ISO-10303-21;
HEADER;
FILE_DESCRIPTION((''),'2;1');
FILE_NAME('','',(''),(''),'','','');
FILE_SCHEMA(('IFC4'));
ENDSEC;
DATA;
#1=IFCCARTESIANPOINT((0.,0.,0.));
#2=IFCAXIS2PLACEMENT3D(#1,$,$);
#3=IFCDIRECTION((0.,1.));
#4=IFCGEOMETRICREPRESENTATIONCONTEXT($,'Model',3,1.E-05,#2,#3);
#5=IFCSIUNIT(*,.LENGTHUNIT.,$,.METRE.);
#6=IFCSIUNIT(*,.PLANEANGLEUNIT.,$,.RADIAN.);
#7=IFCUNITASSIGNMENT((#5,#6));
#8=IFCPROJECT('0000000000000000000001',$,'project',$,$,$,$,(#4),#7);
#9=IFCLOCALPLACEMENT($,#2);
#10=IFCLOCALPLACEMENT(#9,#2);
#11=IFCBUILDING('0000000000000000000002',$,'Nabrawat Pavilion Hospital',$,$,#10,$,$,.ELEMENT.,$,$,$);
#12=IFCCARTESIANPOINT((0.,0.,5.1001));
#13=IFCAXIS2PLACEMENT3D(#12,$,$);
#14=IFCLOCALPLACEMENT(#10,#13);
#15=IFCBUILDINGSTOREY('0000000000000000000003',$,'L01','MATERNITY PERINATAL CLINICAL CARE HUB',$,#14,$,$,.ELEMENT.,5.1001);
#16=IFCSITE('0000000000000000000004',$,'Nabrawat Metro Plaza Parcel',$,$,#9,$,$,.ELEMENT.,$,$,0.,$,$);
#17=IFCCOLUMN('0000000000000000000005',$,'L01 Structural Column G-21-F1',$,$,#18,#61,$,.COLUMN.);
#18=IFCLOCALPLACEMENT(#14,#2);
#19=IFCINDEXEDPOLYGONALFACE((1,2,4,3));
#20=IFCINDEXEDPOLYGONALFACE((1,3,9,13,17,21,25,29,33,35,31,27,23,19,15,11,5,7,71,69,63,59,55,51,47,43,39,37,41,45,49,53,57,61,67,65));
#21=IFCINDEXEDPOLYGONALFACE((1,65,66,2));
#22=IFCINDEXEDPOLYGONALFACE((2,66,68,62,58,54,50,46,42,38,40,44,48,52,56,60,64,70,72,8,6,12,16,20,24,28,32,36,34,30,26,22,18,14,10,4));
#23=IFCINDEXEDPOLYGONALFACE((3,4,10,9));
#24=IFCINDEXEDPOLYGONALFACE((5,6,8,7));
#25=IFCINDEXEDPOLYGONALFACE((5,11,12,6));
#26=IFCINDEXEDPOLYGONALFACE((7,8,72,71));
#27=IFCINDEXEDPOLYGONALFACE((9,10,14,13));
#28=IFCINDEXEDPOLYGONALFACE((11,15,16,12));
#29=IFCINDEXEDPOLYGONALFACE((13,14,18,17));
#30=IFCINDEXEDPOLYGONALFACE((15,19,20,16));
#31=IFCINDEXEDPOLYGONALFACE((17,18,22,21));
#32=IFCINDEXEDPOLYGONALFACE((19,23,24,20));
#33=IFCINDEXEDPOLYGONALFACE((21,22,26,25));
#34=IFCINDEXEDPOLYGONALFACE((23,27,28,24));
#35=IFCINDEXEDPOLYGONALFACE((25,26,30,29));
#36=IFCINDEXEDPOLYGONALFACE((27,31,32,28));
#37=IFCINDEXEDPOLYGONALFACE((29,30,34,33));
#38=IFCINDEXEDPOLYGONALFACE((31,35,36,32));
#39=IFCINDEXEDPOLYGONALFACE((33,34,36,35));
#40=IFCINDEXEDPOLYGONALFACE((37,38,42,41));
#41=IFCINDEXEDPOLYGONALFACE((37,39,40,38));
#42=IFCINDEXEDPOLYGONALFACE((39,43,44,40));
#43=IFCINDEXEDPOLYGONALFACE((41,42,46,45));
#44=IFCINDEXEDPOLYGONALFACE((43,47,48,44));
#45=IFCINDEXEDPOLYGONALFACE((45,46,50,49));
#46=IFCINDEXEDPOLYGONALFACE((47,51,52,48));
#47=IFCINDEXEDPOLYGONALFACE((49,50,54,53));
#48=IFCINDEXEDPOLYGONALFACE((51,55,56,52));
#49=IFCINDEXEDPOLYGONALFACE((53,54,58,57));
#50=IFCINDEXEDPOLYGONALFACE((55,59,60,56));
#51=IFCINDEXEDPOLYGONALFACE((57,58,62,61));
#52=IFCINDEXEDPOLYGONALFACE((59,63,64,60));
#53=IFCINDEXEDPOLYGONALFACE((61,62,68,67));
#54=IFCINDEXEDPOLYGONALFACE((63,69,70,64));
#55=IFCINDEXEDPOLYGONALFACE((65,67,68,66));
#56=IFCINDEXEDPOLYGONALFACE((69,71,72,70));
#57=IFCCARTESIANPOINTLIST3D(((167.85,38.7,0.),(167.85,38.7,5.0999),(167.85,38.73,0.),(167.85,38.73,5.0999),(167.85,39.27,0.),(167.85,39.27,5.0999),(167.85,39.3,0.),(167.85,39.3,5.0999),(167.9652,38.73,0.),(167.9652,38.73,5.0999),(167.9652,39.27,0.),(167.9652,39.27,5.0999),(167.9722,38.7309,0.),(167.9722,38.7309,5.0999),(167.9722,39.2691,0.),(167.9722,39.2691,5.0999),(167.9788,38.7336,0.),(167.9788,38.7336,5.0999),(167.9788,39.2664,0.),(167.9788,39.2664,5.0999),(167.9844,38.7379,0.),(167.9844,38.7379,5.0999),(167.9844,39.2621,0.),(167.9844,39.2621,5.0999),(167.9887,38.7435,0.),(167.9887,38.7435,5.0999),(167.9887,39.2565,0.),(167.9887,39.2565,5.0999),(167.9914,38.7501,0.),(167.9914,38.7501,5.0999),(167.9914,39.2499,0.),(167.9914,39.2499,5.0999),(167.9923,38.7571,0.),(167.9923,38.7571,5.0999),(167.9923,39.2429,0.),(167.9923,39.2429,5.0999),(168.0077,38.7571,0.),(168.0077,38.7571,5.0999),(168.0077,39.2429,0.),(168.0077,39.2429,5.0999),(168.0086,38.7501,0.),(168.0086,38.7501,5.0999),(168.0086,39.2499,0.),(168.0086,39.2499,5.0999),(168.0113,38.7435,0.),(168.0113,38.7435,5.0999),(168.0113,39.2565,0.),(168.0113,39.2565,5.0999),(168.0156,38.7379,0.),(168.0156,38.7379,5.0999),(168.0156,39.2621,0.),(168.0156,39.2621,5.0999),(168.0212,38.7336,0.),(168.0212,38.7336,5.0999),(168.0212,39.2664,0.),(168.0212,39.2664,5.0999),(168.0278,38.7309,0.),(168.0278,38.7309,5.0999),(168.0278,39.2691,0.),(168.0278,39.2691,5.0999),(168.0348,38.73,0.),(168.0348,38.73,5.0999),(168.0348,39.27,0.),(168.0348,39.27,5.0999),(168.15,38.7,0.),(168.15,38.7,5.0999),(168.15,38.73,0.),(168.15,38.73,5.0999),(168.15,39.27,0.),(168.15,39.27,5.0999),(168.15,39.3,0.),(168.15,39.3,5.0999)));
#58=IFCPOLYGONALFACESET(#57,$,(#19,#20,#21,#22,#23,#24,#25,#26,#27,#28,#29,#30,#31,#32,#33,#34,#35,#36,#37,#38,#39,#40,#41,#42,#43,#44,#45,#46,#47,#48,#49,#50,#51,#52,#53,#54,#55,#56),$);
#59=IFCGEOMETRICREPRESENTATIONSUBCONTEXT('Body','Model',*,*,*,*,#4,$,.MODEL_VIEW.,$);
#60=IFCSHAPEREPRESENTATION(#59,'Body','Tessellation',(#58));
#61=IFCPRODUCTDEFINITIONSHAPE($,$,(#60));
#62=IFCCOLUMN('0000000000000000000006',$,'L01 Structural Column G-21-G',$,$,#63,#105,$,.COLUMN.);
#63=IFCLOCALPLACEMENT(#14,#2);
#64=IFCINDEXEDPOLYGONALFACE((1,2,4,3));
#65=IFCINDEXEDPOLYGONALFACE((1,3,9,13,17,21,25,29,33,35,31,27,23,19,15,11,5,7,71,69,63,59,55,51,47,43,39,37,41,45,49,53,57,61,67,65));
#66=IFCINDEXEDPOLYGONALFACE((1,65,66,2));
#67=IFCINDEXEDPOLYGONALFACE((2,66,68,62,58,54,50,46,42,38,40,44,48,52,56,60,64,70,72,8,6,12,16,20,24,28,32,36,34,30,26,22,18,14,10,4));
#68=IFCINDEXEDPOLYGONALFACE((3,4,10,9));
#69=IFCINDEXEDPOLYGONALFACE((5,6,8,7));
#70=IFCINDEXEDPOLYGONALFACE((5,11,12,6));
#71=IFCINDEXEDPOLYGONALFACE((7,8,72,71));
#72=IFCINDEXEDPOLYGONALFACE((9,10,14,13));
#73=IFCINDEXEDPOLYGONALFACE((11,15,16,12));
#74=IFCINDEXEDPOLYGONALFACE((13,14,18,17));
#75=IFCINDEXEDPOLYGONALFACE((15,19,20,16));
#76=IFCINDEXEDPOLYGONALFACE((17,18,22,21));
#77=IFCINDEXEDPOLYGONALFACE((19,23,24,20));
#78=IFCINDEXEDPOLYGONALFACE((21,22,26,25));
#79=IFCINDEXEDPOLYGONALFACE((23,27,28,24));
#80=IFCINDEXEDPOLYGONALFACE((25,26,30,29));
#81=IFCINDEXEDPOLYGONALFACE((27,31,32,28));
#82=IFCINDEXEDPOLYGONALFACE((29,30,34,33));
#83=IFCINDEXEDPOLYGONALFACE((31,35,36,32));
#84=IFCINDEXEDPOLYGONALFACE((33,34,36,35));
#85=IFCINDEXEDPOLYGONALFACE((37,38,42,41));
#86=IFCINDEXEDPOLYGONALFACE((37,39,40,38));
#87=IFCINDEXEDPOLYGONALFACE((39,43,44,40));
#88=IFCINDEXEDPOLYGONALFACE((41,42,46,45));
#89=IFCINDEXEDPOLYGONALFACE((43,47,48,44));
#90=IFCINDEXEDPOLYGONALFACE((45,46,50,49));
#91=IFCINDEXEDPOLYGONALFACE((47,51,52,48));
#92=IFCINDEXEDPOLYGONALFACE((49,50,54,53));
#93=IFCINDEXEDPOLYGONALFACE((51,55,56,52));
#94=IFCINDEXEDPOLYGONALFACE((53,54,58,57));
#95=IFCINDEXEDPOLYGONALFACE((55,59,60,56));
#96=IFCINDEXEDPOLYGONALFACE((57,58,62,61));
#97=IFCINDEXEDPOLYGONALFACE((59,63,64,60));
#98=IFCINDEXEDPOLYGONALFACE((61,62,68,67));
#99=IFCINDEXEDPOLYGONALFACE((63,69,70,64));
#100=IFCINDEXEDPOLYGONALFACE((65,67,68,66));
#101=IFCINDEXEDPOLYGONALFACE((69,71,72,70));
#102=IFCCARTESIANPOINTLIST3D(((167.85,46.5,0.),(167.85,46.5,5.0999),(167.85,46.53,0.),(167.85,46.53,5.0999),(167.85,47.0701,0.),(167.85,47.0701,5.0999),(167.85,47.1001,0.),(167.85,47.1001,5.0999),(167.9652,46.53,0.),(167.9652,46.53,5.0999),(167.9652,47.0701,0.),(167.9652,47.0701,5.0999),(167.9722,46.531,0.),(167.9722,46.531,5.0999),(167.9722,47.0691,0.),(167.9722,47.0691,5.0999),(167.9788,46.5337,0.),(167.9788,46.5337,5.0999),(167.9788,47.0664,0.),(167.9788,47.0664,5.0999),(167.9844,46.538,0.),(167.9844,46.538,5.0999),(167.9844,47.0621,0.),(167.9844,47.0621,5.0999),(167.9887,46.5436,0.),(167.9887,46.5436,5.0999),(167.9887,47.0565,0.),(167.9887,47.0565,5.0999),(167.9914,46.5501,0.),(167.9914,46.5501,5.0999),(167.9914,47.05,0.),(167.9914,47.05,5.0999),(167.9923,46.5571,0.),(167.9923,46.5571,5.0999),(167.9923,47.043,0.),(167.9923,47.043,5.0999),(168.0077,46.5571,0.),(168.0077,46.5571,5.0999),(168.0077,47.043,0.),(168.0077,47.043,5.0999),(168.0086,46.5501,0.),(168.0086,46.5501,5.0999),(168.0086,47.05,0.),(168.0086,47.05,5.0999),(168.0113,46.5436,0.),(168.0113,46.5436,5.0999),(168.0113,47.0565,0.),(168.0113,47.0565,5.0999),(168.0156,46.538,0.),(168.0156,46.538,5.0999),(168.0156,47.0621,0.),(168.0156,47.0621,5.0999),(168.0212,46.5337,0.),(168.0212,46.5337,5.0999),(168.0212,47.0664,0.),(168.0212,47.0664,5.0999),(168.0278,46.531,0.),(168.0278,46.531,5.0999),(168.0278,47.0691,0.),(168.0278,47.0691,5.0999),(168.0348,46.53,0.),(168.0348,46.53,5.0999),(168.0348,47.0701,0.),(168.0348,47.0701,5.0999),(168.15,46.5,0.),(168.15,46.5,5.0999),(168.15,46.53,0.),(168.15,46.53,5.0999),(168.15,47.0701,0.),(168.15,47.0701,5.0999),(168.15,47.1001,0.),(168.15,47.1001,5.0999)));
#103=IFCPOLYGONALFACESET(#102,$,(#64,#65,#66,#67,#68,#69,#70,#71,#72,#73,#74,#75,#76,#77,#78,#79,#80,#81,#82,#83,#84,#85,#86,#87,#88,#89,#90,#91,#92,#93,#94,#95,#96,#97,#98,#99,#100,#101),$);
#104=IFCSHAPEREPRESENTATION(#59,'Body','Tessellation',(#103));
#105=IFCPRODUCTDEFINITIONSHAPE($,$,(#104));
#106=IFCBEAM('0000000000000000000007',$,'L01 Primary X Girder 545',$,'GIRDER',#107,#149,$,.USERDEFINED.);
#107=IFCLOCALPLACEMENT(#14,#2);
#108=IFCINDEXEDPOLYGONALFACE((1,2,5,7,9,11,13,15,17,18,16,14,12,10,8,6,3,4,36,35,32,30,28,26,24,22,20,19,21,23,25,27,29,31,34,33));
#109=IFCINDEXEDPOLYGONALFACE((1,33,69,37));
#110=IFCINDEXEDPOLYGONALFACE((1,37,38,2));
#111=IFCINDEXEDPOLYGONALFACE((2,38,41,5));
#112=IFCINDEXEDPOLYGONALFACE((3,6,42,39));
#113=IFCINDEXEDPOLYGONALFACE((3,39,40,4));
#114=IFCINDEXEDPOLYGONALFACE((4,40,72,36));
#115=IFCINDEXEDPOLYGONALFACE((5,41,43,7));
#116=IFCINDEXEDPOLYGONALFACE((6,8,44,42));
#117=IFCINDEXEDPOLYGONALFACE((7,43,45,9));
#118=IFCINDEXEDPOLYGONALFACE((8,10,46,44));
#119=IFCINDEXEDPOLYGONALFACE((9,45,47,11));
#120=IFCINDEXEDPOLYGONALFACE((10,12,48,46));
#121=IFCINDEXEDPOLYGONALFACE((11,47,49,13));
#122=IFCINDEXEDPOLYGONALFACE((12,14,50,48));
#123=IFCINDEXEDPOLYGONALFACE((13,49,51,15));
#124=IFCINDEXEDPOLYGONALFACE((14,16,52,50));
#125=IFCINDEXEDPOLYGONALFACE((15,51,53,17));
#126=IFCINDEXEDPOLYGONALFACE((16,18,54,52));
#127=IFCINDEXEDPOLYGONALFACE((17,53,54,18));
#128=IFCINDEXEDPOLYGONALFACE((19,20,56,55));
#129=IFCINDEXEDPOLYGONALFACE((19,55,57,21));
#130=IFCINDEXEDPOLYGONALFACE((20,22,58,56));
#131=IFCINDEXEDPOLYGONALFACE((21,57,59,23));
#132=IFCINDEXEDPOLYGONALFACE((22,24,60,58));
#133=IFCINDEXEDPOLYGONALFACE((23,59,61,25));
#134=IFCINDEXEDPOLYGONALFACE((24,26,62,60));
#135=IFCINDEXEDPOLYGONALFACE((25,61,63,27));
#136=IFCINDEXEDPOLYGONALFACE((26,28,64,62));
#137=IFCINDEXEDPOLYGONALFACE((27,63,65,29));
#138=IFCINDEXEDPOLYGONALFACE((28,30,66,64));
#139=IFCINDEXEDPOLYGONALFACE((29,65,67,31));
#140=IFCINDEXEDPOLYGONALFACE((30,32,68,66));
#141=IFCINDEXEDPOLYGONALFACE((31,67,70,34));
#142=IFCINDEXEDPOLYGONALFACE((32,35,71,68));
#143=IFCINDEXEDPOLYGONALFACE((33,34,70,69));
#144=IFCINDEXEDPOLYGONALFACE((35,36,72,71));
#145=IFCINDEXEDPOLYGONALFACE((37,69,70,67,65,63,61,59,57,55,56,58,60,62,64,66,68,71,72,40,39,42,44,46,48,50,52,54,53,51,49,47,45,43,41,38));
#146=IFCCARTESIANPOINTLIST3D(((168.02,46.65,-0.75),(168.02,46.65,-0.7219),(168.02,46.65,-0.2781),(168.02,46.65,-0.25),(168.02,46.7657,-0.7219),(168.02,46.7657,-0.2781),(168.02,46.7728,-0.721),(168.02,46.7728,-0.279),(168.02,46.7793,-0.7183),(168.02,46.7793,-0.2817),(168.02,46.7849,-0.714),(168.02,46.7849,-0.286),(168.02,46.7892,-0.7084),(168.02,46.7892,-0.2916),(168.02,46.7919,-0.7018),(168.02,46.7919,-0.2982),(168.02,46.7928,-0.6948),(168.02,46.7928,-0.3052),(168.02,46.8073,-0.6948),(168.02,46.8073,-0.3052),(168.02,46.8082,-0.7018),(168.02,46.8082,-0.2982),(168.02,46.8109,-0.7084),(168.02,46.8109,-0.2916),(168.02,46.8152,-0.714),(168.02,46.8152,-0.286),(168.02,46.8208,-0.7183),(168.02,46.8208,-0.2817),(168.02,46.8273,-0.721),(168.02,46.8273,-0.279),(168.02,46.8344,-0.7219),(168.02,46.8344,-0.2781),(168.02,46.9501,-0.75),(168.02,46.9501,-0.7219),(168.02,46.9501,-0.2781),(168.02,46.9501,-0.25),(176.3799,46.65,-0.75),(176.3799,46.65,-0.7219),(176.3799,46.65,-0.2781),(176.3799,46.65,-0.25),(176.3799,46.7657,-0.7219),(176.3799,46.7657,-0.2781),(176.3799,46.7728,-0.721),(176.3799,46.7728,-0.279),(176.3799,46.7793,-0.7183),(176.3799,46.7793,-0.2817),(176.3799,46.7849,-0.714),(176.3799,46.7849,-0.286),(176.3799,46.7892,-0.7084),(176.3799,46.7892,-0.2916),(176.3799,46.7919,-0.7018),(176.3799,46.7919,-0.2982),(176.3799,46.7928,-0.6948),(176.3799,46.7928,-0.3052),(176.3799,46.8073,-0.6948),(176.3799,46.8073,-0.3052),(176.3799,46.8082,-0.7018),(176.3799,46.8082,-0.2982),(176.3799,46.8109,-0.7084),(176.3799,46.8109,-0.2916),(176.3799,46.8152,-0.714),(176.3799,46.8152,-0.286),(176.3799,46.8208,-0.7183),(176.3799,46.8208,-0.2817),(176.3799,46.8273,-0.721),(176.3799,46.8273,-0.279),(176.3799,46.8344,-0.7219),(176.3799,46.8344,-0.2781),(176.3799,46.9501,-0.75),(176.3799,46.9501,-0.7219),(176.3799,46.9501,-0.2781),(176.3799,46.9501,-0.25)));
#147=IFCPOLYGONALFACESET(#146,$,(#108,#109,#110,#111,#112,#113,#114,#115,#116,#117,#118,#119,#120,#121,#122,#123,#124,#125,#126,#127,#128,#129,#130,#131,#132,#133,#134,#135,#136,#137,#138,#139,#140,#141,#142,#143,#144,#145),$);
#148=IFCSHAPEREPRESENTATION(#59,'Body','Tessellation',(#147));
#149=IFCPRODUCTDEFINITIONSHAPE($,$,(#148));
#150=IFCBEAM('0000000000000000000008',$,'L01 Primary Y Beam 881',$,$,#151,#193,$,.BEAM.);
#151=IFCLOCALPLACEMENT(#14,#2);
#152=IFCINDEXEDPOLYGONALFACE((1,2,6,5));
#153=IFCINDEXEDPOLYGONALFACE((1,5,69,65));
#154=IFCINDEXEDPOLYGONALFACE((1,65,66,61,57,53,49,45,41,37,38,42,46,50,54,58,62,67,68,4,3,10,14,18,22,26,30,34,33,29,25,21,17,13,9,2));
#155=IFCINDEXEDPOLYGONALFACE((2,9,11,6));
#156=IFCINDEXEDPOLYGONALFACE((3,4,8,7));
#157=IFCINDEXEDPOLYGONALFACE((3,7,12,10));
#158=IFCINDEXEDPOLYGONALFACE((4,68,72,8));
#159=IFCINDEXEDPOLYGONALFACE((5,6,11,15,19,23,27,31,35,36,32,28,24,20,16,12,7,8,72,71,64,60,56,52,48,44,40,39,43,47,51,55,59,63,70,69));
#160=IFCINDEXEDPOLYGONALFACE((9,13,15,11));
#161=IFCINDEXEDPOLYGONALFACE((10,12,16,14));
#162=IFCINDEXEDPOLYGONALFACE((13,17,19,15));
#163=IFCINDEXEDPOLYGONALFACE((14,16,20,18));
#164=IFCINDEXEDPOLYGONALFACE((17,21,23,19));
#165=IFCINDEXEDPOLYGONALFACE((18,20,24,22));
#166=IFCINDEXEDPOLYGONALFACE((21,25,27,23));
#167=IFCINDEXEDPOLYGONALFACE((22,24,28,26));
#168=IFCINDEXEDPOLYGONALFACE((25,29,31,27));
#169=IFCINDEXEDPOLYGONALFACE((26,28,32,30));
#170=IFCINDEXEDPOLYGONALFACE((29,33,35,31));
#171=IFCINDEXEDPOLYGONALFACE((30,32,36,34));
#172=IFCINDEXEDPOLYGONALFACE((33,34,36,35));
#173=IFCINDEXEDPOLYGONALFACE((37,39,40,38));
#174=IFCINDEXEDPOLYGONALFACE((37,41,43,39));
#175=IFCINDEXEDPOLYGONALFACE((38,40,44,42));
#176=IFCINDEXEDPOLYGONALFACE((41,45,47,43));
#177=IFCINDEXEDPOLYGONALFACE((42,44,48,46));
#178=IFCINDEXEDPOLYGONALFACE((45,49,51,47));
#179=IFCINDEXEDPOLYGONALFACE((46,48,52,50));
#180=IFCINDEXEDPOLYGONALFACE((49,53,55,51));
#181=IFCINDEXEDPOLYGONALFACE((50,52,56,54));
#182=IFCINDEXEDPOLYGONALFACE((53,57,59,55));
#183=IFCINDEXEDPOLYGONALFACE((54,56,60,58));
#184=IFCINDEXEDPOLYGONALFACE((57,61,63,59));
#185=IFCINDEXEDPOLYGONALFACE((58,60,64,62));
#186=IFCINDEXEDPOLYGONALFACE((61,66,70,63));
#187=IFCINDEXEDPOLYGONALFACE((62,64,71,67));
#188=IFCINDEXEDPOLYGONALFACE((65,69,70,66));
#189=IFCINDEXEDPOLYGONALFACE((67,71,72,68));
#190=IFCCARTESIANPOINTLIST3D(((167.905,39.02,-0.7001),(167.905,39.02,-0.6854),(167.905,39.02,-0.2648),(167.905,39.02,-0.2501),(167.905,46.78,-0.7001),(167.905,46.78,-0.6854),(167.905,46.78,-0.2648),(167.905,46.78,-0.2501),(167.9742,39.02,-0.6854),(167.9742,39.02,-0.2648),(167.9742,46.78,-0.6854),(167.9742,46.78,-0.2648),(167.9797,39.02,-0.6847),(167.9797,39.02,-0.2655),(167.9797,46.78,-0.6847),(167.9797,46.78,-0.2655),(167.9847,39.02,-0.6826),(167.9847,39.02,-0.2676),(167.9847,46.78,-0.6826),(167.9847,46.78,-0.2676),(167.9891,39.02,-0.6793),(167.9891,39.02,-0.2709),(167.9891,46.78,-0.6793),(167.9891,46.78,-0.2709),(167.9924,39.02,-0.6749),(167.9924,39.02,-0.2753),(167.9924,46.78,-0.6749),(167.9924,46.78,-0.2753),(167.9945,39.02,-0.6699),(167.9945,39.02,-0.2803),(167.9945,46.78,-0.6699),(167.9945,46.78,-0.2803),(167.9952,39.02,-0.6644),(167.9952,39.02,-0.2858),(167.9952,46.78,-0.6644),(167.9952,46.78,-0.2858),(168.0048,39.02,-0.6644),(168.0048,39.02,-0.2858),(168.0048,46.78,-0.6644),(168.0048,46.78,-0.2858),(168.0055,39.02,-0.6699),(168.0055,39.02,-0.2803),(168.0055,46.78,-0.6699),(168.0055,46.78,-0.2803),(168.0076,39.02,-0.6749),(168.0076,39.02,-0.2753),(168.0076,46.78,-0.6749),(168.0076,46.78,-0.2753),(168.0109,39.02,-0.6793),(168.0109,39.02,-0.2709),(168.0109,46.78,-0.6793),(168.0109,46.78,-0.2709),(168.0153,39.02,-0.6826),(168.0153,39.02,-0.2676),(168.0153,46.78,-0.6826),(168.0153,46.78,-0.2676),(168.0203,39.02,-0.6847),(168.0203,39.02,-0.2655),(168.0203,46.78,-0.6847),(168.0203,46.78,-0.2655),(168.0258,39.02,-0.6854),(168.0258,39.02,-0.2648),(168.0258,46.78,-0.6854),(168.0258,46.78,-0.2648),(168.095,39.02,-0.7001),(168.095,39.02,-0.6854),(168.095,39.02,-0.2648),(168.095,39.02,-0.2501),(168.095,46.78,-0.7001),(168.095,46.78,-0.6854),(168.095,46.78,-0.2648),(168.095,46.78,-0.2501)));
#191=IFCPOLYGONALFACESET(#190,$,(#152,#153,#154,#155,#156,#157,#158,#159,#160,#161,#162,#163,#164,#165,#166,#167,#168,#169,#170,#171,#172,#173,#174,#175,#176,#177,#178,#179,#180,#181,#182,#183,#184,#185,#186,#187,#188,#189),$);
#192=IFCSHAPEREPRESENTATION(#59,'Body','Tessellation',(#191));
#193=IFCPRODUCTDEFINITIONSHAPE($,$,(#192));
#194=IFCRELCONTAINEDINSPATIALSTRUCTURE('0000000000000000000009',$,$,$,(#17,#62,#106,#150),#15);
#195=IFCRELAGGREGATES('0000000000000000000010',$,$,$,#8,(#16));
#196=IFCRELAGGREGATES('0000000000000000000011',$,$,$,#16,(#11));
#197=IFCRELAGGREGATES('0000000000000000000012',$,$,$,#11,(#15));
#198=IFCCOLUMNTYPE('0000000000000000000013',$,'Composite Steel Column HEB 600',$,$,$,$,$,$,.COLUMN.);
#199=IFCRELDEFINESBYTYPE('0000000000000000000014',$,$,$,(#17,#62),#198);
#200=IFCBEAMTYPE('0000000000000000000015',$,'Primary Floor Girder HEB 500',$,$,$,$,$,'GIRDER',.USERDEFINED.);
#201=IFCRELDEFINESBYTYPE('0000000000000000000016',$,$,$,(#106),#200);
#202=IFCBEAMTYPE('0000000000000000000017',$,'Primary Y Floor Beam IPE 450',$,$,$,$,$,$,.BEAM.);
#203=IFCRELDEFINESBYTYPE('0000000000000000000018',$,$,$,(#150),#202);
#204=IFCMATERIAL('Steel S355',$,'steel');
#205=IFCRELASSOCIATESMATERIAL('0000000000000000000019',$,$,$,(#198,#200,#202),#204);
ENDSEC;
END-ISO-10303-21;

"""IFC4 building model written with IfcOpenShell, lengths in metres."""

from ifc_helpers import new_model, si_unit, direction, frame, origin, origin_2d, place, context, subcontext, project, spatial, i_section, extrude, material, material_profile, profile_set, type_object, element, save


model = new_model("IFC4")

# Units and contexts
model_context = context("Model", 3, precision=1e-05, world=origin(), true_north=direction((0.0, 1.0)))
body_context = subcontext(model_context, "Body", "Model", "MODEL_VIEW")
ifc_project = project(units=[si_unit("LENGTHUNIT", "METRE"), si_unit("PLANEANGLEUNIT", "RADIAN")], contexts=[model_context])

# Site, building, storey
site_placement = place(None, origin())
site = spatial("IfcSite", under=ifc_project, at=site_placement, Name="Nabrawat Metro Plaza Parcel", CompositionType="ELEMENT", RefElevation=0.0)
building_placement = place(site_placement, origin())
building = spatial("IfcBuilding", under=site, at=building_placement, Name="Nabrawat Pavilion Hospital", CompositionType="ELEMENT")
storey_placement = place(building_placement, frame((0.0, 0.0, 5.1001)))
storey = spatial("IfcBuildingStorey", under=building, at=storey_placement, Name="L01", Description="MATERNITY PERINATAL CLINICAL CARE HUB", CompositionType="ELEMENT", Elevation=5.1001)

# Columns
ifc_material_1 = material(Name="Steel S355", Category="steel")
ifc_material_profile_1 = material_profile(ifc_material_1, i_section(OverallWidth=0.3, OverallDepth=0.6001, WebThickness=0.0154, FlangeThickness=0.03, FilletRadius=0.0271, at=origin_2d()), Name="HEB 600")
ifc_profile_set_1 = profile_set([ifc_material_profile_1], Name="Steel S355")
column_type = type_object("IfcColumnType", Name="Composite Steel Column HEB 600", PredefinedType="COLUMN", material=ifc_profile_set_1)
for number, where, z_axis, x_axis, name in (
    (1, (168.0, 39.0, 0.0), (0.0, 0.0, 1.0), (1.0, 0.0, 0.0), "L01 Structural Column G-21-F1"),
    (2, (168.0, 46.8, 0.0), (0.0, 0.0, 1.0), (1.0, 0.0, 0.0), "L01 Structural Column G-21-G"),
):
    element("IfcColumn", number, at=place(storey_placement, frame(where, z_axis=z_axis, x_axis=x_axis)), inside=storey, type_object=column_type, Name=name, PredefinedType="COLUMN", context=body_context, shape_type="SweptSolid", body=[
        extrude(i_section(OverallWidth=0.3, OverallDepth=0.6001, WebThickness=0.0154, FlangeThickness=0.03, FilletRadius=0.0271, at=origin_2d()), origin(), (0.0, 0.0, 1.0), 5.0999),
    ])

# Beams
ifc_material_profile_2 = material_profile(ifc_material_1, i_section(OverallWidth=0.3, OverallDepth=0.5, WebThickness=0.0144, FlangeThickness=0.0281, FilletRadius=0.0271, at=origin_2d()), Name="HEB 500")
ifc_profile_set_2 = profile_set([ifc_material_profile_2], Name="Steel S355")
beam_type_1 = type_object("IfcBeamType", Name="Primary Floor Girder HEB 500", ElementType="GIRDER", PredefinedType="USERDEFINED", material=ifc_profile_set_2)
beam_1_placement = place(storey_placement, frame((168.02, 46.8, -0.5), z_axis=(1.0, 0.0, 0.0), x_axis=(0.0, 1.0, 0.0)))
element("IfcBeam", 3, at=beam_1_placement, inside=storey, type_object=beam_type_1, Name="L01 Primary X Girder 545", ObjectType="GIRDER", PredefinedType="USERDEFINED", context=body_context, shape_type="SweptSolid", body=[
    extrude(i_section(OverallWidth=0.3, OverallDepth=0.5, WebThickness=0.0144, FlangeThickness=0.0281, FilletRadius=0.0271, at=origin_2d()), origin(), (0.0, 0.0, 1.0), 8.3599),
])
ifc_material_profile_3 = material_profile(ifc_material_1, i_section(OverallWidth=0.1899, OverallDepth=0.45, WebThickness=0.0095, FlangeThickness=0.0146, FilletRadius=0.021, at=origin_2d()), Name="IPE 450")
ifc_profile_set_3 = profile_set([ifc_material_profile_3], Name="Steel S355")
beam_type_2 = type_object("IfcBeamType", Name="Primary Y Floor Beam IPE 450", PredefinedType="BEAM", material=ifc_profile_set_3)
for number, where, z_axis, x_axis, name in (
    (4, (168.0, 39.02, -0.4751), (0.0, 1.0, 0.0), (-1.0, 0.0, 0.0), "L01 Primary Y Beam 881"),
):
    element("IfcBeam", number, at=place(storey_placement, frame(where, z_axis=z_axis, x_axis=x_axis)), inside=storey, type_object=beam_type_2, Name=name, PredefinedType="BEAM", context=body_context, shape_type="SweptSolid", body=[
        extrude(i_section(OverallWidth=0.1899, OverallDepth=0.45, WebThickness=0.0095, FlangeThickness=0.0146, FilletRadius=0.021, at=origin_2d()), origin(), (0.0, 0.0, 1.0), 7.76),
    ])

save(model, "model.ifc")
